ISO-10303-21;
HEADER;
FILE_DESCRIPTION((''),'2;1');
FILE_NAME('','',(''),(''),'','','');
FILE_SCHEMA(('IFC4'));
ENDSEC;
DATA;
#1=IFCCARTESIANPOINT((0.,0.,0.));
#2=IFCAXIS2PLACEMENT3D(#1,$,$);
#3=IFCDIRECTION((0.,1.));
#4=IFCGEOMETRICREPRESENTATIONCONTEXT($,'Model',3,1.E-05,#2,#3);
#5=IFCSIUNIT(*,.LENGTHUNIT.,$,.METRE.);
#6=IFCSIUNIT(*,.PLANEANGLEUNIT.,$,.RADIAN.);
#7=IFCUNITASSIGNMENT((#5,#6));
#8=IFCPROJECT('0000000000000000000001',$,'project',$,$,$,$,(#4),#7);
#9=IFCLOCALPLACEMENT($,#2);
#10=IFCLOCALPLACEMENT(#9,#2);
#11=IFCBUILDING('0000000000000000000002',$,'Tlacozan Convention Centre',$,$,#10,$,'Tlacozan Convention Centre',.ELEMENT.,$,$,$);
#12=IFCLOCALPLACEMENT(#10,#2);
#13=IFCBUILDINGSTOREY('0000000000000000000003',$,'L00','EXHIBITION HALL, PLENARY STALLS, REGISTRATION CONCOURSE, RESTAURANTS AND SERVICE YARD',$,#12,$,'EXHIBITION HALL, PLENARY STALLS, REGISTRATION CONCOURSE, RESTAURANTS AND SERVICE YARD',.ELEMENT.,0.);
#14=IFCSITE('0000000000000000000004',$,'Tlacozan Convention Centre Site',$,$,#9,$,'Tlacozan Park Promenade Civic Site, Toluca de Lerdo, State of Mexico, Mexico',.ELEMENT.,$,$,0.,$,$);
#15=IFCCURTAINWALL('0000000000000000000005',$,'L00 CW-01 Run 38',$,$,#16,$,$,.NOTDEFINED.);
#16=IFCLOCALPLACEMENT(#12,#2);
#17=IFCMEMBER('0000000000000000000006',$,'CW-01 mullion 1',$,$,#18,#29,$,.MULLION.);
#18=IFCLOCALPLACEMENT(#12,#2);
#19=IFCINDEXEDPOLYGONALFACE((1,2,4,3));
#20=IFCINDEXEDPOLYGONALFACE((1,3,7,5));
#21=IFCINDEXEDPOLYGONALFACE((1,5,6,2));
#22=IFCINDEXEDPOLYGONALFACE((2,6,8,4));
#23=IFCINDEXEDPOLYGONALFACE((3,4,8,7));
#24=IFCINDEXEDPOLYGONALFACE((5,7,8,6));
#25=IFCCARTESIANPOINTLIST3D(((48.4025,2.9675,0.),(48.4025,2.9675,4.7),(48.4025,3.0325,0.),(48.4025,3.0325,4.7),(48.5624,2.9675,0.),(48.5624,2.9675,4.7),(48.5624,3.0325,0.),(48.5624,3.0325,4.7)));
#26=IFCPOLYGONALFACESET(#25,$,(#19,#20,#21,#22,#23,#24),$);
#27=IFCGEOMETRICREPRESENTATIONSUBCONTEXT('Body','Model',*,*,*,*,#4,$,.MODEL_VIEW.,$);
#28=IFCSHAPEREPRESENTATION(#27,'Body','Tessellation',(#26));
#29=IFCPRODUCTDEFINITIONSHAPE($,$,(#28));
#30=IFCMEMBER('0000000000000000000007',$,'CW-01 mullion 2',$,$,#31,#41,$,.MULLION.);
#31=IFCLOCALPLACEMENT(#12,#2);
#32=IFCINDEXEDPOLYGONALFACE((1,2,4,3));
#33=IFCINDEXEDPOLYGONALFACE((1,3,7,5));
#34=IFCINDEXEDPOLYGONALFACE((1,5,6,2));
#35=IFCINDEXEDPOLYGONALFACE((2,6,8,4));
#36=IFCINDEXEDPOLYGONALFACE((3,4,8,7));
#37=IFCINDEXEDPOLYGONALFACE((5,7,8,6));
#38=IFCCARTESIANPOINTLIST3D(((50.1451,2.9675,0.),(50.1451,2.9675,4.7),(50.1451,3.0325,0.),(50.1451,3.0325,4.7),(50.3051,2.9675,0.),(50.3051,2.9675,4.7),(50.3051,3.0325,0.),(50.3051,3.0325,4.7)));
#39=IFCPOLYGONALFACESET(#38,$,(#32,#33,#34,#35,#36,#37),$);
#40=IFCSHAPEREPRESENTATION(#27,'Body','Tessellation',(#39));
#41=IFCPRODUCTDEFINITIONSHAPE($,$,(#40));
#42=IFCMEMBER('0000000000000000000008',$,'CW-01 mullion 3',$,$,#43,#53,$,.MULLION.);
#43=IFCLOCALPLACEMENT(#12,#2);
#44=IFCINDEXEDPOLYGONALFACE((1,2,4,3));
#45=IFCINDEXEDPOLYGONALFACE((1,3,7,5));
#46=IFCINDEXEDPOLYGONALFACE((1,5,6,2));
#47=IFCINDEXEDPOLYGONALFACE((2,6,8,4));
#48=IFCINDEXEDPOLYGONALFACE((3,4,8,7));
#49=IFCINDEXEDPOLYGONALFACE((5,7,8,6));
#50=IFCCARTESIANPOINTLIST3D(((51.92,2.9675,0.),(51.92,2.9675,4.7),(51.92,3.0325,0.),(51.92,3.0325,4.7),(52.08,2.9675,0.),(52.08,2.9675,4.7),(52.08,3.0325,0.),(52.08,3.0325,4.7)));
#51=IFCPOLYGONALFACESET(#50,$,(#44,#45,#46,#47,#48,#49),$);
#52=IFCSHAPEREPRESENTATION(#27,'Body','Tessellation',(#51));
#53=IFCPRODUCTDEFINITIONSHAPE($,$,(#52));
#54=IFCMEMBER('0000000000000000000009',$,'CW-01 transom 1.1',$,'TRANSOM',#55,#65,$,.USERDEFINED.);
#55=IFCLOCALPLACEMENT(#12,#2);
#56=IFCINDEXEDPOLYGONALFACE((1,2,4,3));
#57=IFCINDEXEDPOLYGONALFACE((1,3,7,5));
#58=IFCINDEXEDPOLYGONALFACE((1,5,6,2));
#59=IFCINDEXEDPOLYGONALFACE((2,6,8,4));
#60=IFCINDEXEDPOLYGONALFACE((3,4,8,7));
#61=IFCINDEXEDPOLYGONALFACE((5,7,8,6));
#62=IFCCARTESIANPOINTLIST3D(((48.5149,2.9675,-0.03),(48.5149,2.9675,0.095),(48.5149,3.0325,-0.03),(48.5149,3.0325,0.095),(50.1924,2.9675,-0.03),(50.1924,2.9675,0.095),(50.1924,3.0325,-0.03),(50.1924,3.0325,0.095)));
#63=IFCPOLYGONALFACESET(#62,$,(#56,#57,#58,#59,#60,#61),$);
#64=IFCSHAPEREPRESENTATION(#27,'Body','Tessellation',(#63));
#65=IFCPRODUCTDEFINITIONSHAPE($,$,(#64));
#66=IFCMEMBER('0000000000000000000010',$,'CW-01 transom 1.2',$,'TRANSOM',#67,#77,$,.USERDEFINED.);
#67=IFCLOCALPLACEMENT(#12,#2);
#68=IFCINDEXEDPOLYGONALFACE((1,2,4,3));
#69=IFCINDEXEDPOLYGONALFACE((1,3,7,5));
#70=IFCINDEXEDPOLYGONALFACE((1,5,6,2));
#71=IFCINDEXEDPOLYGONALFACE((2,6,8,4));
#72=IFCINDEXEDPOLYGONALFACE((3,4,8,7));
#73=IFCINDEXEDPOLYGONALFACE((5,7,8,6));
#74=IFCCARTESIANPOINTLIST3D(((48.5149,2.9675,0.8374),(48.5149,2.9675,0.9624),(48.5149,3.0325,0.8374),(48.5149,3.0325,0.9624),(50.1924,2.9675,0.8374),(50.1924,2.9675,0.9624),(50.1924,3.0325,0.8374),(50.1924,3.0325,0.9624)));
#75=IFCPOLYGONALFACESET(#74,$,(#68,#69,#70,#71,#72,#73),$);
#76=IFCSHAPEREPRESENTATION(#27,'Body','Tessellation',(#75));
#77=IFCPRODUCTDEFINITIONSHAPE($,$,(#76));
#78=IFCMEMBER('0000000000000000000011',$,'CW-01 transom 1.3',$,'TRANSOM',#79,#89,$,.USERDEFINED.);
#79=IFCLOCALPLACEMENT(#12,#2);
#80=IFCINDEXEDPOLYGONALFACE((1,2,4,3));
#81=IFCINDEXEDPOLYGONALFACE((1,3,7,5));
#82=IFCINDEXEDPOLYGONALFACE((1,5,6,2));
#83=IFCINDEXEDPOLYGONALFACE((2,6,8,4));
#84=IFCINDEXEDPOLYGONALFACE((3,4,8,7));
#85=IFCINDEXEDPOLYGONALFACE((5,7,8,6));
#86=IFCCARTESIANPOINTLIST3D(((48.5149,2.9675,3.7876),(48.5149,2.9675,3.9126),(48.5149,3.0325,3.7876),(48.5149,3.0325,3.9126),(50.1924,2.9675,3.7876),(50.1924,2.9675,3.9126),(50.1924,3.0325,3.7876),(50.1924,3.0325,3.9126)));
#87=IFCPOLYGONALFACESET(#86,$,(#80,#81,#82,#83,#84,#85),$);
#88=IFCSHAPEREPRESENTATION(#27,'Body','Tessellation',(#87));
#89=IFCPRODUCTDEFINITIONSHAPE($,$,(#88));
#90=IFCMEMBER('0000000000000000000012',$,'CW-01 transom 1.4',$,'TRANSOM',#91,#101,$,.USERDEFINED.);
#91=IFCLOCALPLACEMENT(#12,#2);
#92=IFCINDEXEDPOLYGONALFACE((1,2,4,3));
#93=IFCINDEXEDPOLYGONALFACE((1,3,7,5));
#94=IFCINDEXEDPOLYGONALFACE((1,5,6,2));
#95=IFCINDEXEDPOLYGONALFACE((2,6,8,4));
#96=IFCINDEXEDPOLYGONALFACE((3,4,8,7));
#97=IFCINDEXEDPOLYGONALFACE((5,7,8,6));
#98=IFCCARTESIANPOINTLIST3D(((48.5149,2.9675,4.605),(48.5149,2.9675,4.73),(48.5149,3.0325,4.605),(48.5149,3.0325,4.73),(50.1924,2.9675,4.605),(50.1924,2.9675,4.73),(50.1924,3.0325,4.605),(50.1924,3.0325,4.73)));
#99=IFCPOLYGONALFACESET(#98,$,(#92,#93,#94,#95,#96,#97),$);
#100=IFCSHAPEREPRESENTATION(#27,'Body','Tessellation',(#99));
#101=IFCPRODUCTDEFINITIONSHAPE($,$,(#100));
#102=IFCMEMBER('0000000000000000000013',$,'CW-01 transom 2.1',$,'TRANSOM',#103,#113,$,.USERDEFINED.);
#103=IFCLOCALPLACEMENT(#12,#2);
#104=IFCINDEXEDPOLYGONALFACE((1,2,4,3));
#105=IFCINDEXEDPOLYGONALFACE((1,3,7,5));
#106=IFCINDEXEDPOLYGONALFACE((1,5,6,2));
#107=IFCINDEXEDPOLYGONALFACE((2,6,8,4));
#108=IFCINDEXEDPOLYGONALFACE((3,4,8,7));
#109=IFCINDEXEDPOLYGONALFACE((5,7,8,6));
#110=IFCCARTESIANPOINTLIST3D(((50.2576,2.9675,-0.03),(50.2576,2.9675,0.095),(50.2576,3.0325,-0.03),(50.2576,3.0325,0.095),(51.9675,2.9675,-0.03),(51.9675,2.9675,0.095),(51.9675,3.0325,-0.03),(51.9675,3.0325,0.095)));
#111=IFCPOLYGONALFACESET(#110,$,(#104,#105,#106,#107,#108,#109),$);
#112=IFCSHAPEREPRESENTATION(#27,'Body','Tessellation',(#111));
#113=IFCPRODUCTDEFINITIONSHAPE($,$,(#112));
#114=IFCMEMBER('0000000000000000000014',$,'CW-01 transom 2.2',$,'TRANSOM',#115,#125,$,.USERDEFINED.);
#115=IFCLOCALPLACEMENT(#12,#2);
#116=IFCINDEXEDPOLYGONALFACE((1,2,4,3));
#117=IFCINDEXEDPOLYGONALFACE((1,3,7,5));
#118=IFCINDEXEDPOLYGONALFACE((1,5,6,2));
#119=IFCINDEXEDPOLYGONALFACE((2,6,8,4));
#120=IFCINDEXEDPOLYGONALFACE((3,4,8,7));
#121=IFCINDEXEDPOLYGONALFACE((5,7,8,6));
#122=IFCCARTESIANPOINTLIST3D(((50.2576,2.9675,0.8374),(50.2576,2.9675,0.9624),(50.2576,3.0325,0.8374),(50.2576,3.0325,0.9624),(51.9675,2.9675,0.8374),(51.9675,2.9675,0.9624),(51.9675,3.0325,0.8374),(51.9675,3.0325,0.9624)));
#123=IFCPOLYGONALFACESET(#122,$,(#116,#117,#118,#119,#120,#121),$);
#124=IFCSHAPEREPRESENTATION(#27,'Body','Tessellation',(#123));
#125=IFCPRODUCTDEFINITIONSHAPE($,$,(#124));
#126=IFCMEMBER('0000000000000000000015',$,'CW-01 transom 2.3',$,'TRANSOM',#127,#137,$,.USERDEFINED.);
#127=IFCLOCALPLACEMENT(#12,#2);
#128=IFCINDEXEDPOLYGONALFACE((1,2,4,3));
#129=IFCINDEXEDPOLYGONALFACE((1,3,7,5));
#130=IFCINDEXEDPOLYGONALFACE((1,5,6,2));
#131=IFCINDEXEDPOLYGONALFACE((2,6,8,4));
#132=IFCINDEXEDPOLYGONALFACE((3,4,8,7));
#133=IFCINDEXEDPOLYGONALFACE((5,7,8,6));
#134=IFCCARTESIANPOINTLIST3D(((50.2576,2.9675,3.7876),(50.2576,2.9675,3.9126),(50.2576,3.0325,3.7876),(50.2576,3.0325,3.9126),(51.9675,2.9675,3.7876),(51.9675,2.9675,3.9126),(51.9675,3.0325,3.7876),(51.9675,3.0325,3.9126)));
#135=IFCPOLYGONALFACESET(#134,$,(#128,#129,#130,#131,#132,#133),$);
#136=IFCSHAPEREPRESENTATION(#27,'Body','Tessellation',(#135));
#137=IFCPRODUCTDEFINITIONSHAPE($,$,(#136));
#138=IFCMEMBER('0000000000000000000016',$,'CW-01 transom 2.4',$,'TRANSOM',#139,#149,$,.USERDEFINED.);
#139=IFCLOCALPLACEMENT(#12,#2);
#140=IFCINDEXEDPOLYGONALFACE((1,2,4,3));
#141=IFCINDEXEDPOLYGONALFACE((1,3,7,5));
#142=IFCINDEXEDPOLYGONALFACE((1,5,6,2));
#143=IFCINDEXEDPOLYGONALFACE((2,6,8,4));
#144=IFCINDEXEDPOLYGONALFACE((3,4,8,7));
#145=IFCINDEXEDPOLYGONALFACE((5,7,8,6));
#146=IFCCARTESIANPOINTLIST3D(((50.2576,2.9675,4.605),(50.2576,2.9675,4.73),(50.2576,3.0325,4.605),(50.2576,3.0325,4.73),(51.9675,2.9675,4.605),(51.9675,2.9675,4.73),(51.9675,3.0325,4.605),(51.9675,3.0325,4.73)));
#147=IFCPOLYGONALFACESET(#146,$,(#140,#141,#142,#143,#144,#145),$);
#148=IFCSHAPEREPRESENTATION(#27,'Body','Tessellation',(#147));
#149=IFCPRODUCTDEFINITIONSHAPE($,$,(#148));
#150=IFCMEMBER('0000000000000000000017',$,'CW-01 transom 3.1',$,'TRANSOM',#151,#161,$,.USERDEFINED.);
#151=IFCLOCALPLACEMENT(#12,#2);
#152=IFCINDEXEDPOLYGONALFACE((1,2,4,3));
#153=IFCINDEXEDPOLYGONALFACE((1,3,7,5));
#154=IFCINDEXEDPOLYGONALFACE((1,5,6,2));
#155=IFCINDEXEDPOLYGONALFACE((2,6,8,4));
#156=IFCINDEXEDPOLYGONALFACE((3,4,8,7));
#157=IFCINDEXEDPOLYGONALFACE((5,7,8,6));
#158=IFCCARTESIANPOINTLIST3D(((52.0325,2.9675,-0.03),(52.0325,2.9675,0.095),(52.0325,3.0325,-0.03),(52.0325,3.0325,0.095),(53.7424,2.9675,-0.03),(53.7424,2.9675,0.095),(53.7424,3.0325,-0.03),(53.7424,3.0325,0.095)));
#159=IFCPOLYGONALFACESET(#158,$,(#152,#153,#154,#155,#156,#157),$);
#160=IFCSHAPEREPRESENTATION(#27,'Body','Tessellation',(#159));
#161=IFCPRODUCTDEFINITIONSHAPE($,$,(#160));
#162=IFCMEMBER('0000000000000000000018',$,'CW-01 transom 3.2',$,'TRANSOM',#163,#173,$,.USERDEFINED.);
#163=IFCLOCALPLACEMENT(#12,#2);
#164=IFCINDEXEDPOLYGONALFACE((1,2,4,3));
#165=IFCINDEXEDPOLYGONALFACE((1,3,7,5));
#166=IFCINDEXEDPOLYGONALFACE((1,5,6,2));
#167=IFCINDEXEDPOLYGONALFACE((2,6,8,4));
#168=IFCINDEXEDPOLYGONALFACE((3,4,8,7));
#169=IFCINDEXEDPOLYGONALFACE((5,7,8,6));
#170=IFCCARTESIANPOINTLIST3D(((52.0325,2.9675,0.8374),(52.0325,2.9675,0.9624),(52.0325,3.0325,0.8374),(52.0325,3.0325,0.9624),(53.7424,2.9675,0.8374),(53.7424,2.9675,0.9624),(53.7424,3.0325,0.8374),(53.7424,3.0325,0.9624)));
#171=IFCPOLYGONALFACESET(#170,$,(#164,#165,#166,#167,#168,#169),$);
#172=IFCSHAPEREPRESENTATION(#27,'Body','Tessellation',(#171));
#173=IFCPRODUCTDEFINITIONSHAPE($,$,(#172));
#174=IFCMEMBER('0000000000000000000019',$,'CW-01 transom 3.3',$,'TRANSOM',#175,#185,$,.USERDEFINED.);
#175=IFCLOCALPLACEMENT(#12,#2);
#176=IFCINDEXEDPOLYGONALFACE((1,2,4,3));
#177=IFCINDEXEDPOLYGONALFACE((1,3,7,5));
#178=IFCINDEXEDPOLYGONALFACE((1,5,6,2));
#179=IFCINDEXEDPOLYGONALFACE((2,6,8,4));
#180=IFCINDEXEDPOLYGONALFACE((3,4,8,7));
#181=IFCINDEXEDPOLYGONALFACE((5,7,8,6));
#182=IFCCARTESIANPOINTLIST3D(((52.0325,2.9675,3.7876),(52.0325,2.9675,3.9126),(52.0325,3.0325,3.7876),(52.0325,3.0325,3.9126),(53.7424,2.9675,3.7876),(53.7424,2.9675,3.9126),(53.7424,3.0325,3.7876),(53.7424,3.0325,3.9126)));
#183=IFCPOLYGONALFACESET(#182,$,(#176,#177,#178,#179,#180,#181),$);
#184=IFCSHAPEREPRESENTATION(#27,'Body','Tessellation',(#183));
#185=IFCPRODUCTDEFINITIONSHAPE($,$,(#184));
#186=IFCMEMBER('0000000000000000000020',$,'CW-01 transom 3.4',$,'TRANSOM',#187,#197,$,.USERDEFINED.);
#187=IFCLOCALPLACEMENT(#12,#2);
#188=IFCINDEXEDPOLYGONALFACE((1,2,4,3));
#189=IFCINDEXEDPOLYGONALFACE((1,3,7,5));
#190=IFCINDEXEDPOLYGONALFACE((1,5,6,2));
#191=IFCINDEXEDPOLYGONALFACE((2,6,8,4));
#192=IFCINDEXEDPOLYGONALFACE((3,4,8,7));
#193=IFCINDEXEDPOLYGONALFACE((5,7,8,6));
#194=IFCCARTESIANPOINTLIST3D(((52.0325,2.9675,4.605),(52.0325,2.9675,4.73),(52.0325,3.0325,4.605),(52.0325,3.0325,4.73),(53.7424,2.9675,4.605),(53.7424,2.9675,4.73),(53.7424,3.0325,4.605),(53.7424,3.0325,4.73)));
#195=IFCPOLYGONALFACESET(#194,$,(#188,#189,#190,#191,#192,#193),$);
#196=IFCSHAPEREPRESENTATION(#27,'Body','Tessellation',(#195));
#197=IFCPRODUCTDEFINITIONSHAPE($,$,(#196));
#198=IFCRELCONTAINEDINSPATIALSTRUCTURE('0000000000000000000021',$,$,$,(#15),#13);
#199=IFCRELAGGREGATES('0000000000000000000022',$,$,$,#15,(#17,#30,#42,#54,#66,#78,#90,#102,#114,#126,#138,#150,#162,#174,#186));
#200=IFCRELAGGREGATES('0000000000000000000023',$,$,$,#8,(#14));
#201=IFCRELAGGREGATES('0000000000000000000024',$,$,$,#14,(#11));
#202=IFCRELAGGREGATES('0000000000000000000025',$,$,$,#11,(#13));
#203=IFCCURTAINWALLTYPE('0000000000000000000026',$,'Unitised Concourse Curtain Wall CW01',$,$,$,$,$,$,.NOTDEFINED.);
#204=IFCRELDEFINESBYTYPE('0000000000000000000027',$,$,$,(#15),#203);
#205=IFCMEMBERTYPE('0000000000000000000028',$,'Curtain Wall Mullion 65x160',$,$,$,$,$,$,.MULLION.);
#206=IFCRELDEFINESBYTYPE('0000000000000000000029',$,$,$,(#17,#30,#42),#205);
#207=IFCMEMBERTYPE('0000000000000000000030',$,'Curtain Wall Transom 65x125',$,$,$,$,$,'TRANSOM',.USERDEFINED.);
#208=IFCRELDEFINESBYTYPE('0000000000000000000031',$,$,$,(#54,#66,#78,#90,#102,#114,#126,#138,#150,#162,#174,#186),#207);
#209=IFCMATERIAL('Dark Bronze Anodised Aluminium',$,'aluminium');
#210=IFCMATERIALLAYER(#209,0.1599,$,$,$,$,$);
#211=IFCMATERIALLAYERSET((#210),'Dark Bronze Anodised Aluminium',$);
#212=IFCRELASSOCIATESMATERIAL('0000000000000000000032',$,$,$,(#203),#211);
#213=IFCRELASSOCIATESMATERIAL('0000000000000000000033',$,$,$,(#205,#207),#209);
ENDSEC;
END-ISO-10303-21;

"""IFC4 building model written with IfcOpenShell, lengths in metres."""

from ifc_helpers import new_model, si_unit, direction, frame, origin, origin_2d, place, context, subcontext, project, spatial, rectangle, extrude, material, layer, layer_set, material_profile, profile_set, type_object, element, aggregate, save


model = new_model("IFC4")

# Units and contexts
model_context = context("Model", 3, precision=1e-05, world=origin(), true_north=direction((0.0, 1.0)))
body_context = subcontext(model_context, "Body", "Model", "MODEL_VIEW")
ifc_project = project(units=[si_unit("LENGTHUNIT", "METRE"), si_unit("PLANEANGLEUNIT", "RADIAN")], contexts=[model_context])

# Site, building, storey
site_placement = place(None, origin())
site = spatial("IfcSite", under=ifc_project, at=site_placement, Name="Tlacozan Convention Centre Site", LongName="Tlacozan Park Promenade Civic Site, Toluca de Lerdo, State of Mexico, Mexico", CompositionType="ELEMENT", RefElevation=0.0)
building_placement = place(site_placement, origin())
building = spatial("IfcBuilding", under=site, at=building_placement, Name="Tlacozan Convention Centre", LongName="Tlacozan Convention Centre", CompositionType="ELEMENT")
storey_placement = place(building_placement, origin())
storey = spatial("IfcBuildingStorey", under=building, at=storey_placement, Name="L00", Description="EXHIBITION HALL, PLENARY STALLS, REGISTRATION CONCOURSE, RESTAURANTS AND SERVICE YARD", LongName="EXHIBITION HALL, PLENARY STALLS, REGISTRATION CONCOURSE, RESTAURANTS AND SERVICE YARD", CompositionType="ELEMENT", Elevation=0.0)

# Curtain wall, members
ifc_material_1 = material(Name="Dark Bronze Anodised Aluminium", Category="aluminium")
ifc_layer_1 = layer(ifc_material_1, 0.1599)
ifc_layer_set_1 = layer_set([ifc_layer_1], Name="Dark Bronze Anodised Aluminium")
curtain_wall_type = type_object("IfcCurtainWallType", Name="Unitised Concourse Curtain Wall CW01", PredefinedType="NOTDEFINED", material=ifc_layer_set_1)
curtain_wall_placement = place(storey_placement, origin())
curtain_wall = element("IfcCurtainWall", 1, at=curtain_wall_placement, inside=storey, type_object=curtain_wall_type, Name="L00 CW-01 Run 38", PredefinedType="NOTDEFINED")
ifc_material_profile_1 = material_profile(ifc_material_1, rectangle(XDim=0.0649, YDim=0.1599, at=origin_2d()), Name="ALU 65x160")
ifc_profile_set_1 = profile_set([ifc_material_profile_1], Name="Dark Bronze Anodised Aluminium")
member_type_1 = type_object("IfcMemberType", Name="Curtain Wall Mullion 65x160", PredefinedType="MULLION", material=ifc_profile_set_1)
member_1_placement = place(storey_placement, frame((48.4824, 3.0, 0.0), z_axis=(0.0, 0.0, 1.0), x_axis=(0.0, 1.0, 0.0)))
member_1 = element("IfcMember", 2, at=member_1_placement, type_object=member_type_1, Name="CW-01 mullion 1", PredefinedType="MULLION", context=body_context, shape_type="SweptSolid", body=[
    extrude(rectangle(XDim=0.0649, YDim=0.1599, at=origin_2d()), origin(), (0.0, 0.0, 1.0), 4.7),
])
member_2_placement = place(storey_placement, frame((50.2251, 3.0, 0.0), z_axis=(0.0, 0.0, 1.0), x_axis=(0.0, 1.0, 0.0)))
member_2 = element("IfcMember", 3, at=member_2_placement, type_object=member_type_1, Name="CW-01 mullion 2", PredefinedType="MULLION", context=body_context, shape_type="SweptSolid", body=[
    extrude(rectangle(XDim=0.0649, YDim=0.1599, at=origin_2d()), origin(), (0.0, 0.0, 1.0), 4.7),
])
member_3_placement = place(storey_placement, frame((52.0, 3.0, 0.0), z_axis=(0.0, 0.0, 1.0), x_axis=(0.0, 1.0, 0.0)))
member_3 = element("IfcMember", 4, at=member_3_placement, type_object=member_type_1, Name="CW-01 mullion 3", PredefinedType="MULLION", context=body_context, shape_type="SweptSolid", body=[
    extrude(rectangle(XDim=0.0649, YDim=0.1599, at=origin_2d()), origin(), (0.0, 0.0, 1.0), 4.7),
])
ifc_material_profile_2 = material_profile(ifc_material_1, rectangle(XDim=0.0649, YDim=0.125, at=origin_2d()), Name="ALU 65x125")
ifc_profile_set_2 = profile_set([ifc_material_profile_2], Name="Dark Bronze Anodised Aluminium")
member_type_2 = type_object("IfcMemberType", Name="Curtain Wall Transom 65x125", ElementType="TRANSOM", PredefinedType="USERDEFINED", material=ifc_profile_set_2)
member_4_placement = place(storey_placement, frame((48.5149, 3.0, 0.0325), z_axis=(1.0, 0.0, 0.0), x_axis=(0.0, 1.0, 0.0)))
member_4 = element("IfcMember", 5, at=member_4_placement, type_object=member_type_2, Name="CW-01 transom 1.1", ObjectType="TRANSOM", PredefinedType="USERDEFINED", context=body_context, shape_type="SweptSolid", body=[
    extrude(rectangle(XDim=0.0649, YDim=0.125, at=origin_2d()), origin(), (0.0, 0.0, 1.0), 1.6775),
])
member_5_placement = place(storey_placement, frame((48.5149, 3.0, 0.8999), z_axis=(1.0, 0.0, 0.0), x_axis=(0.0, 1.0, 0.0)))
member_5 = element("IfcMember", 6, at=member_5_placement, type_object=member_type_2, Name="CW-01 transom 1.2", ObjectType="TRANSOM", PredefinedType="USERDEFINED", context=body_context, shape_type="SweptSolid", body=[
    extrude(rectangle(XDim=0.0649, YDim=0.125, at=origin_2d()), origin(), (0.0, 0.0, 1.0), 1.6775),
])
member_6_placement = place(storey_placement, frame((48.5149, 3.0, 3.8501), z_axis=(1.0, 0.0, 0.0), x_axis=(0.0, 1.0, 0.0)))
member_6 = element("IfcMember", 7, at=member_6_placement, type_object=member_type_2, Name="CW-01 transom 1.3", ObjectType="TRANSOM", PredefinedType="USERDEFINED", context=body_context, shape_type="SweptSolid", body=[
    extrude(rectangle(XDim=0.0649, YDim=0.125, at=origin_2d()), origin(), (0.0, 0.0, 1.0), 1.6775),
])
member_7_placement = place(storey_placement, frame((48.5149, 3.0, 4.6675), z_axis=(1.0, 0.0, 0.0), x_axis=(0.0, 1.0, 0.0)))
member_7 = element("IfcMember", 8, at=member_7_placement, type_object=member_type_2, Name="CW-01 transom 1.4", ObjectType="TRANSOM", PredefinedType="USERDEFINED", context=body_context, shape_type="SweptSolid", body=[
    extrude(rectangle(XDim=0.0649, YDim=0.125, at=origin_2d()), origin(), (0.0, 0.0, 1.0), 1.6775),
])
member_8_placement = place(storey_placement, frame((50.2576, 3.0, 0.0325), z_axis=(1.0, 0.0, 0.0), x_axis=(0.0, 1.0, 0.0)))
member_8 = element("IfcMember", 9, at=member_8_placement, type_object=member_type_2, Name="CW-01 transom 2.1", ObjectType="TRANSOM", PredefinedType="USERDEFINED", context=body_context, shape_type="SweptSolid", body=[
    extrude(rectangle(XDim=0.0649, YDim=0.125, at=origin_2d()), origin(), (0.0, 0.0, 1.0), 1.71),
])
member_9_placement = place(storey_placement, frame((50.2576, 3.0, 0.8999), z_axis=(1.0, 0.0, 0.0), x_axis=(0.0, 1.0, 0.0)))
member_9 = element("IfcMember", 10, at=member_9_placement, type_object=member_type_2, Name="CW-01 transom 2.2", ObjectType="TRANSOM", PredefinedType="USERDEFINED", context=body_context, shape_type="SweptSolid", body=[
    extrude(rectangle(XDim=0.0649, YDim=0.125, at=origin_2d()), origin(), (0.0, 0.0, 1.0), 1.71),
])
member_10_placement = place(storey_placement, frame((50.2576, 3.0, 3.8501), z_axis=(1.0, 0.0, 0.0), x_axis=(0.0, 1.0, 0.0)))
member_10 = element("IfcMember", 11, at=member_10_placement, type_object=member_type_2, Name="CW-01 transom 2.3", ObjectType="TRANSOM", PredefinedType="USERDEFINED", context=body_context, shape_type="SweptSolid", body=[
    extrude(rectangle(XDim=0.0649, YDim=0.125, at=origin_2d()), origin(), (0.0, 0.0, 1.0), 1.71),
])
member_11_placement = place(storey_placement, frame((50.2576, 3.0, 4.6675), z_axis=(1.0, 0.0, 0.0), x_axis=(0.0, 1.0, 0.0)))
member_11 = element("IfcMember", 12, at=member_11_placement, type_object=member_type_2, Name="CW-01 transom 2.4", ObjectType="TRANSOM", PredefinedType="USERDEFINED", context=body_context, shape_type="SweptSolid", body=[
    extrude(rectangle(XDim=0.0649, YDim=0.125, at=origin_2d()), origin(), (0.0, 0.0, 1.0), 1.71),
])
member_12_placement = place(storey_placement, frame((52.0325, 3.0, 0.0325), z_axis=(1.0, 0.0, 0.0), x_axis=(0.0, 1.0, 0.0)))
member_12 = element("IfcMember", 13, at=member_12_placement, type_object=member_type_2, Name="CW-01 transom 3.1", ObjectType="TRANSOM", PredefinedType="USERDEFINED", context=body_context, shape_type="SweptSolid", body=[
    extrude(rectangle(XDim=0.0649, YDim=0.125, at=origin_2d()), origin(), (0.0, 0.0, 1.0), 1.71),
])
member_13_placement = place(storey_placement, frame((52.0325, 3.0, 0.8999), z_axis=(1.0, 0.0, 0.0), x_axis=(0.0, 1.0, 0.0)))
member_13 = element("IfcMember", 14, at=member_13_placement, type_object=member_type_2, Name="CW-01 transom 3.2", ObjectType="TRANSOM", PredefinedType="USERDEFINED", context=body_context, shape_type="SweptSolid", body=[
    extrude(rectangle(XDim=0.0649, YDim=0.125, at=origin_2d()), origin(), (0.0, 0.0, 1.0), 1.71),
])
member_14_placement = place(storey_placement, frame((52.0325, 3.0, 3.8501), z_axis=(1.0, 0.0, 0.0), x_axis=(0.0, 1.0, 0.0)))
member_14 = element("IfcMember", 15, at=member_14_placement, type_object=member_type_2, Name="CW-01 transom 3.3", ObjectType="TRANSOM", PredefinedType="USERDEFINED", context=body_context, shape_type="SweptSolid", body=[
    extrude(rectangle(XDim=0.0649, YDim=0.125, at=origin_2d()), origin(), (0.0, 0.0, 1.0), 1.71),
])
member_15_placement = place(storey_placement, frame((52.0325, 3.0, 4.6675), z_axis=(1.0, 0.0, 0.0), x_axis=(0.0, 1.0, 0.0)))
member_15 = element("IfcMember", 16, at=member_15_placement, type_object=member_type_2, Name="CW-01 transom 3.4", ObjectType="TRANSOM", PredefinedType="USERDEFINED", context=body_context, shape_type="SweptSolid", body=[
    extrude(rectangle(XDim=0.0649, YDim=0.125, at=origin_2d()), origin(), (0.0, 0.0, 1.0), 1.71),
])
aggregate(curtain_wall, [member_1, member_2, member_3, member_4, member_5, member_6, member_7, member_8, member_9, member_10, member_11, member_12, member_13, member_14, member_15])

save(model, "model.ifc")
